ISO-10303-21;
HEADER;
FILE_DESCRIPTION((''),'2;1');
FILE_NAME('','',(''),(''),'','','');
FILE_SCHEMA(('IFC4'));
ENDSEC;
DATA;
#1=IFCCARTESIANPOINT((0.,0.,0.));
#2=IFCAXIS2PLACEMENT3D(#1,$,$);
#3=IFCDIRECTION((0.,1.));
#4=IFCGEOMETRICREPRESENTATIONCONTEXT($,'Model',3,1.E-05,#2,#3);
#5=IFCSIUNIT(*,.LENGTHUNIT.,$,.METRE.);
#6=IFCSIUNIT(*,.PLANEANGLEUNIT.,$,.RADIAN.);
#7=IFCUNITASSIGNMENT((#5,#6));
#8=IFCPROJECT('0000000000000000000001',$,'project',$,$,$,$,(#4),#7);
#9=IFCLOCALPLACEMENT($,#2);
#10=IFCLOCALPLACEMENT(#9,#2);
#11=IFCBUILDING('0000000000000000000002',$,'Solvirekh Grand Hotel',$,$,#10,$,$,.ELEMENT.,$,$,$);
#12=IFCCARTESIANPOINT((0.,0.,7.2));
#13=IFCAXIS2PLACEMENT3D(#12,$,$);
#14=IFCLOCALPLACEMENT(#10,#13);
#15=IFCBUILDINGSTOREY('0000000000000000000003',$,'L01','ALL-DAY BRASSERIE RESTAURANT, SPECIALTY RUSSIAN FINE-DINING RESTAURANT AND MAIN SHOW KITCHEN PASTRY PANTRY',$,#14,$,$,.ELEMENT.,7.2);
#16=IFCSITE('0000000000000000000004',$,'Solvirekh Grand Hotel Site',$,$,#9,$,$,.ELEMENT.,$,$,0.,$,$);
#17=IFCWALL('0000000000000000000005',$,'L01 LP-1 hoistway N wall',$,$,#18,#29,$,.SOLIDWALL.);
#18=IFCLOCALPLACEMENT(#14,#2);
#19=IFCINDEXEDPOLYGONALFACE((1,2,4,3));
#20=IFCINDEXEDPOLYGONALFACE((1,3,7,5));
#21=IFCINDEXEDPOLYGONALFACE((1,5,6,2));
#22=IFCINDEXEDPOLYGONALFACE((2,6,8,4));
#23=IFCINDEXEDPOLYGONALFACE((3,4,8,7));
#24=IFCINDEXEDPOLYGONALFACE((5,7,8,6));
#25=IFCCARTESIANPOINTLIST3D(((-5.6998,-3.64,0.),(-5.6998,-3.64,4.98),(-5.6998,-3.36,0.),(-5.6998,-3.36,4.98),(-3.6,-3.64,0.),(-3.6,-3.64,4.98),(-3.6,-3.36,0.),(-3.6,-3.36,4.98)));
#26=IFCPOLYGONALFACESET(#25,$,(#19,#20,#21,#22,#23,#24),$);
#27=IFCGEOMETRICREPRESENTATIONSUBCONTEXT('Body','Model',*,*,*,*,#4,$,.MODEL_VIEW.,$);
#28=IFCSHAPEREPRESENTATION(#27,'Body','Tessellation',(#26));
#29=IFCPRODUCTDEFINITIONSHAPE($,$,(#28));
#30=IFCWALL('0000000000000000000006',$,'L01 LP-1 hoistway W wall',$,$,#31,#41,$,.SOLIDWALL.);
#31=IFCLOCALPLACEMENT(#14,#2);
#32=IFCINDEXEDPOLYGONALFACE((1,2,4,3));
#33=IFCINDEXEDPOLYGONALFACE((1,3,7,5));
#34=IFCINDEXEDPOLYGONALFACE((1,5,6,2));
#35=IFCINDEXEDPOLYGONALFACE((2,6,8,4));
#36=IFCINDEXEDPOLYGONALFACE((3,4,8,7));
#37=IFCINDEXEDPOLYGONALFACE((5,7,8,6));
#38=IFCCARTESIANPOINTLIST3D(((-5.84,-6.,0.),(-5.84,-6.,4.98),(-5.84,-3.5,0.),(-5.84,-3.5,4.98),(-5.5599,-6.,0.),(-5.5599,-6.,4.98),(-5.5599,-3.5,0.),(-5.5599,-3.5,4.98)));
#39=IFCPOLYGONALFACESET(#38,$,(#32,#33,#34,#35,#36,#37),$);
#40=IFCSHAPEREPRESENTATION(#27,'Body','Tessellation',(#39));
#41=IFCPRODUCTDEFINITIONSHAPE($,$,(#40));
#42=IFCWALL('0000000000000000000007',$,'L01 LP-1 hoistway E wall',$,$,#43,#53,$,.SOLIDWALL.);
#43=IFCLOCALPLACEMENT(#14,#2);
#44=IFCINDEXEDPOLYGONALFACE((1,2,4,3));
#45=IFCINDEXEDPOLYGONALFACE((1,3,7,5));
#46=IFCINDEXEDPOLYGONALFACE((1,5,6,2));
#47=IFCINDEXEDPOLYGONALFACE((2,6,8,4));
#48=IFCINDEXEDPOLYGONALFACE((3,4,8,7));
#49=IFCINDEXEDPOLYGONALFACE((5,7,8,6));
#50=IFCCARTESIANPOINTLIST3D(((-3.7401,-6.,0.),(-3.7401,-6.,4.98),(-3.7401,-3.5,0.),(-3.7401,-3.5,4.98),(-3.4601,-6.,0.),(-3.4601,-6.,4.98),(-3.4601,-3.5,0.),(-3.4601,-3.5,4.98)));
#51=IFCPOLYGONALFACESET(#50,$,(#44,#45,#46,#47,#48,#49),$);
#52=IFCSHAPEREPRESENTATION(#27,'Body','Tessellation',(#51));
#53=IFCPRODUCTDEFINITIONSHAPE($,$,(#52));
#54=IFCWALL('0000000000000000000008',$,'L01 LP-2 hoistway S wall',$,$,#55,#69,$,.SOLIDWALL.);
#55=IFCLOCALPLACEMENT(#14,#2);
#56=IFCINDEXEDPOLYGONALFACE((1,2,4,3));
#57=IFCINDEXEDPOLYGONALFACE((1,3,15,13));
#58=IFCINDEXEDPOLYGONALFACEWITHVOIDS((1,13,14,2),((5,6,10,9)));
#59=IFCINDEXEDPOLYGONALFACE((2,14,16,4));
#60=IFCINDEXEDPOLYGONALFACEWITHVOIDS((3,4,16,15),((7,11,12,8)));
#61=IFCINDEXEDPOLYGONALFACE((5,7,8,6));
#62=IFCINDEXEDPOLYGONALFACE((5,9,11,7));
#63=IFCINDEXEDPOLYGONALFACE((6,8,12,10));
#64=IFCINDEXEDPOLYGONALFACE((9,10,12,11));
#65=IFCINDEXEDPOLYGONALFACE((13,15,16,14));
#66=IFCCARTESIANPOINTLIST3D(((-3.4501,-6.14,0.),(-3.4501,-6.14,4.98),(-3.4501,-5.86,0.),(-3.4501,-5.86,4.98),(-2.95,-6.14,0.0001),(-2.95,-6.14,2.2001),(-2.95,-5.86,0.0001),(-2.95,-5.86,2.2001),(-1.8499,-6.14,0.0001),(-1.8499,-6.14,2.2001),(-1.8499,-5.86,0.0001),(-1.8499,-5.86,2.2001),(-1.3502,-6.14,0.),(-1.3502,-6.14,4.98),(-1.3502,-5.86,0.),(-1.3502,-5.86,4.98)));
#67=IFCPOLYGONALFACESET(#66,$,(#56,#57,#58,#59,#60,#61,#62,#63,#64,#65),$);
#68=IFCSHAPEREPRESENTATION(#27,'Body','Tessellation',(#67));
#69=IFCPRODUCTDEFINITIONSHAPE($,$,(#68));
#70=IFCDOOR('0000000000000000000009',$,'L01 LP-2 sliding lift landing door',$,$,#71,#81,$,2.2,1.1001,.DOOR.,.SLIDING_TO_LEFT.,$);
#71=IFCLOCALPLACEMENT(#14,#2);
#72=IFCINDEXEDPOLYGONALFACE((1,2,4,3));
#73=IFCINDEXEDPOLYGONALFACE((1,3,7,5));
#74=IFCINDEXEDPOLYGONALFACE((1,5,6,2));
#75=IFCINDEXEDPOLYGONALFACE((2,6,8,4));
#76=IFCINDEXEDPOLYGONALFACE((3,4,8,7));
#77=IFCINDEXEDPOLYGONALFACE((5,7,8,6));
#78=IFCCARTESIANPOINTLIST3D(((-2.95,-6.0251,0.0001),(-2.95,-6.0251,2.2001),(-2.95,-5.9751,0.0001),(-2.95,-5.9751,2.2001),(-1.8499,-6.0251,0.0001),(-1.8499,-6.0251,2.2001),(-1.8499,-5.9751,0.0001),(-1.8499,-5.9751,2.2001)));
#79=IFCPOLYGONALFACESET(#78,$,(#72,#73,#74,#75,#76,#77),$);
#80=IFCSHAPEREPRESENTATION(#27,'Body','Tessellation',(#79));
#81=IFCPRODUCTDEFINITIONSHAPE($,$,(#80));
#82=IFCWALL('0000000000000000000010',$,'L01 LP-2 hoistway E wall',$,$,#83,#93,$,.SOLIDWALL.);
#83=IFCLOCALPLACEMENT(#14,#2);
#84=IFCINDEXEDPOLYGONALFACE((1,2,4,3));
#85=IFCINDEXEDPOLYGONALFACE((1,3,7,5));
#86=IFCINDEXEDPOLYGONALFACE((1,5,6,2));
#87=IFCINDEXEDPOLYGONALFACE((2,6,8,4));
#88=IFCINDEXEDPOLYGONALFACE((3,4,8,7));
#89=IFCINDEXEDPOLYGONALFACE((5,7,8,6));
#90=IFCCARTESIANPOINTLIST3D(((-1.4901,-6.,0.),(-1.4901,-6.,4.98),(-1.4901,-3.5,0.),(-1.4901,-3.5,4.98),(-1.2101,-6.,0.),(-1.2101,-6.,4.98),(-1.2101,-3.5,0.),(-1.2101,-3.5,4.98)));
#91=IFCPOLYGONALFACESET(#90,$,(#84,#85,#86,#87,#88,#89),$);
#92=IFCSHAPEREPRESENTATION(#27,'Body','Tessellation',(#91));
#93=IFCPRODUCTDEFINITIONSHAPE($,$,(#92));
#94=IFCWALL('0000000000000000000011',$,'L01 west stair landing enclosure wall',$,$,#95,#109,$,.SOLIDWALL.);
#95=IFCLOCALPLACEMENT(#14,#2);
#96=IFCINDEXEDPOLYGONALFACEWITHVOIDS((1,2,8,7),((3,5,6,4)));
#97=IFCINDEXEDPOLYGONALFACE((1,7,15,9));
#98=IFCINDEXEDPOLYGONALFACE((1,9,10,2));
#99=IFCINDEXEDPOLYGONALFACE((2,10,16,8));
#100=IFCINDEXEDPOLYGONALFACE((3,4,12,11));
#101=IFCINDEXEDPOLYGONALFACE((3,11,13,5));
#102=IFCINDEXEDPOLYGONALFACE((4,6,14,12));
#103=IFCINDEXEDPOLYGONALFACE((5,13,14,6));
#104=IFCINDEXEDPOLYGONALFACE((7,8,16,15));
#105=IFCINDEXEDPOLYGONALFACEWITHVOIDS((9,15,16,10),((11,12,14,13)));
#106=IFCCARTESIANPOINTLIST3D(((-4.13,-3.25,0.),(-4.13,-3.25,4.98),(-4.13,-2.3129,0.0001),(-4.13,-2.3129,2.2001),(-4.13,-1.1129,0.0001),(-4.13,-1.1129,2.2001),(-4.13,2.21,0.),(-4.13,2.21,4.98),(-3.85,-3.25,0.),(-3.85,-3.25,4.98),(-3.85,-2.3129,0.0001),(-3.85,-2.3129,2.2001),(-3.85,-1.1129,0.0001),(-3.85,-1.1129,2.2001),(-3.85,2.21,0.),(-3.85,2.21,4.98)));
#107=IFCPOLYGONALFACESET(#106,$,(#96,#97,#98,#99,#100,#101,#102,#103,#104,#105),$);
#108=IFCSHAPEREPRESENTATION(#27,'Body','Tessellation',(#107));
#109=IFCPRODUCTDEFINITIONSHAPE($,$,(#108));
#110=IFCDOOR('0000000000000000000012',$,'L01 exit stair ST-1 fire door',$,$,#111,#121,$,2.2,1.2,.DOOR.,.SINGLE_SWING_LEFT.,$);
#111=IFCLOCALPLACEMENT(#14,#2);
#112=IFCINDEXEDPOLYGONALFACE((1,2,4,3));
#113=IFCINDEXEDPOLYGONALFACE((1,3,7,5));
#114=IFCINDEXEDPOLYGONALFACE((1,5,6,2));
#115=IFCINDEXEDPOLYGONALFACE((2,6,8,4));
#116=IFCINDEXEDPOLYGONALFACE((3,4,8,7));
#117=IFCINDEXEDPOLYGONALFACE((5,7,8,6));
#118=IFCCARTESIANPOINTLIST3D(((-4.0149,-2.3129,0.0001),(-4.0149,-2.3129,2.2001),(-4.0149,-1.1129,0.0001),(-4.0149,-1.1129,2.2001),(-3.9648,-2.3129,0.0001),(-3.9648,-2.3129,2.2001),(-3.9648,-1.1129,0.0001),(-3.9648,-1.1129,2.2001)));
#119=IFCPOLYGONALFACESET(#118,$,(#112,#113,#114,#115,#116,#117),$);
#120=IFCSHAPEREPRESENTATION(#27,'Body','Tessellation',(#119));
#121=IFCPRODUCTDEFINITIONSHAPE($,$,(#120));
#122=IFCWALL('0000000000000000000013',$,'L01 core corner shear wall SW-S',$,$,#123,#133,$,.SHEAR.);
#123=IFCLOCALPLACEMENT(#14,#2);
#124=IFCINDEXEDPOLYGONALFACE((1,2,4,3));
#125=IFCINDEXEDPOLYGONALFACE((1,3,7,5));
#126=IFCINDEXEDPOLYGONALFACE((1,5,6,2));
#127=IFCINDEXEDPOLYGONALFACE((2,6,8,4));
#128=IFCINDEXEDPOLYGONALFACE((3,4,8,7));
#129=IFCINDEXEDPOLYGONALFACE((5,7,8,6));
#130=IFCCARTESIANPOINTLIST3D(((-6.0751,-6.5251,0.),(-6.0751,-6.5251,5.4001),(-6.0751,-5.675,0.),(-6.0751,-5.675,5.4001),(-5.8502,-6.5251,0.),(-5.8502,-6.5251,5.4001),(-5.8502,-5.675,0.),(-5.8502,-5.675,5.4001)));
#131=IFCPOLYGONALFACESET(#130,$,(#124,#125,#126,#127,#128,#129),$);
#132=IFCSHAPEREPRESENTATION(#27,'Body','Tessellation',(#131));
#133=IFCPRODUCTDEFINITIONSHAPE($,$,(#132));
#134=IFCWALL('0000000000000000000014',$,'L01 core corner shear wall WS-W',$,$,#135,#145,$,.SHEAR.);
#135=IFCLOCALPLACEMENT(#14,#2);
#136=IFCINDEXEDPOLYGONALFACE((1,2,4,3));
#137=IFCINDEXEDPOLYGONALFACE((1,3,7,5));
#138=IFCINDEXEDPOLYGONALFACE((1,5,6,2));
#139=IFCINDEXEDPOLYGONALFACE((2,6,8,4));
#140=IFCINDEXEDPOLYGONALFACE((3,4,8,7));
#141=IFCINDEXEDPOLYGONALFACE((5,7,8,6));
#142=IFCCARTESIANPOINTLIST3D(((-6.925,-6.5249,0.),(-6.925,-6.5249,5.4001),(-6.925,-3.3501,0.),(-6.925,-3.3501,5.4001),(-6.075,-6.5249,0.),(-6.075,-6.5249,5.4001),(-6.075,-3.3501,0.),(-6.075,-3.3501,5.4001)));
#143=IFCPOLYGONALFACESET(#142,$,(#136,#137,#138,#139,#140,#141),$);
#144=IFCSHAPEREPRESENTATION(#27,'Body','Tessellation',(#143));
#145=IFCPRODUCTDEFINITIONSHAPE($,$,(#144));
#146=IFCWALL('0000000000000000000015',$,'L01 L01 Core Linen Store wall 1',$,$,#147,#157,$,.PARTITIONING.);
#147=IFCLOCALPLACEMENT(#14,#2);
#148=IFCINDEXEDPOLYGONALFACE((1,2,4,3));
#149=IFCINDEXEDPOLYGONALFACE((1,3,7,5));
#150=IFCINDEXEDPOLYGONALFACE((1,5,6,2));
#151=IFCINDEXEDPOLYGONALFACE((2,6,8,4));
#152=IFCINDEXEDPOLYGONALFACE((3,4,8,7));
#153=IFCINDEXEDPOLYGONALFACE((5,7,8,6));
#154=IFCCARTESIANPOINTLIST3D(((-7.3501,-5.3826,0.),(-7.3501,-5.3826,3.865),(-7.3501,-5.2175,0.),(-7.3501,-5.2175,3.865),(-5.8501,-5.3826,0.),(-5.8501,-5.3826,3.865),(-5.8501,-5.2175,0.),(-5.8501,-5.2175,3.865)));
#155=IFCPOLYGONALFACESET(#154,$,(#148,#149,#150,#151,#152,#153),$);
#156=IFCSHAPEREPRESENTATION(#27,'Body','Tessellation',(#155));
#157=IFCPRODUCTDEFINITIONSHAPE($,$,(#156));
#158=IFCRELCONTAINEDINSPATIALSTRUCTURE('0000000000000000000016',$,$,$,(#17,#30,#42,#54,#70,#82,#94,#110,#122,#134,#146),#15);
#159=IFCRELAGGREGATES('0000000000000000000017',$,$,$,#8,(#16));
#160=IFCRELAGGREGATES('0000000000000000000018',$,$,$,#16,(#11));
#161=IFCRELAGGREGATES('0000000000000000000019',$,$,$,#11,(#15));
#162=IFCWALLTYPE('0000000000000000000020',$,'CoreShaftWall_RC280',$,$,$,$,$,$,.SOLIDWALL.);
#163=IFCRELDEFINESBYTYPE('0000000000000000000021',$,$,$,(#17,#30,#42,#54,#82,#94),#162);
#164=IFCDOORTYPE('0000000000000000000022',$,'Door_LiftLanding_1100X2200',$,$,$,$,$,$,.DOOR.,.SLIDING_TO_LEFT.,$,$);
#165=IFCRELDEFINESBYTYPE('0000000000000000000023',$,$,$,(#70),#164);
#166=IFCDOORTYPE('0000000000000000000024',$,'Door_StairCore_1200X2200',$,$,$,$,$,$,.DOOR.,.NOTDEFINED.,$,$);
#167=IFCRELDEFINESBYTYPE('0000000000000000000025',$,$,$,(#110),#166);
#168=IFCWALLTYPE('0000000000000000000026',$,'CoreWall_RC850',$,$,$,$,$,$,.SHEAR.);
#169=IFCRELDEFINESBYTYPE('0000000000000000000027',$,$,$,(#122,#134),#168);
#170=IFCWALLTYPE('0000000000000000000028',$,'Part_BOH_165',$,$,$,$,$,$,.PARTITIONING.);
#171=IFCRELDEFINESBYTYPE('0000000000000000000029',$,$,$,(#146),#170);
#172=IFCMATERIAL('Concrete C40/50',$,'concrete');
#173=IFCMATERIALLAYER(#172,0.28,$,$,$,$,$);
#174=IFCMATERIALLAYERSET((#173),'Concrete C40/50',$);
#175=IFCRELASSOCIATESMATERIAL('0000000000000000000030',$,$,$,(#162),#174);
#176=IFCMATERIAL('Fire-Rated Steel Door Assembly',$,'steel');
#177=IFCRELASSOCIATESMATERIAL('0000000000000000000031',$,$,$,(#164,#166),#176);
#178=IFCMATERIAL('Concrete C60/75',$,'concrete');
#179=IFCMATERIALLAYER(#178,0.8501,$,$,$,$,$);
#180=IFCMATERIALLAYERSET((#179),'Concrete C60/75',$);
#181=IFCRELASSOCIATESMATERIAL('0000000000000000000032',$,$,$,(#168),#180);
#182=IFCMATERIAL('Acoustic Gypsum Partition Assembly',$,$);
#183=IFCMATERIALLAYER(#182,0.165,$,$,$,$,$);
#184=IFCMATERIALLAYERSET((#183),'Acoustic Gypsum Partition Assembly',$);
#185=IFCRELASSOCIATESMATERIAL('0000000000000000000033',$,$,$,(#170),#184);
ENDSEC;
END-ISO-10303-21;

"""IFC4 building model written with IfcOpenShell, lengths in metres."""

from ifc_helpers import new_model, si_unit, direction, frame, frame_2d, origin, place, context, subcontext, project, spatial, rectangle, extrude, material, layer, layer_set, type_object, element, fill, save


model = new_model("IFC4")

# Units and contexts
model_context = context("Model", 3, precision=1e-05, world=origin(), true_north=direction((0.0, 1.0)))
body_context = subcontext(model_context, "Body", "Model", "MODEL_VIEW")
ifc_project = project(units=[si_unit("LENGTHUNIT", "METRE"), si_unit("PLANEANGLEUNIT", "RADIAN")], contexts=[model_context])

# Site, building, storey
site_placement = place(None, origin())
site = spatial("IfcSite", under=ifc_project, at=site_placement, Name="Solvirekh Grand Hotel Site", CompositionType="ELEMENT", RefElevation=0.0)
building_placement = place(site_placement, origin())
building = spatial("IfcBuilding", under=site, at=building_placement, Name="Solvirekh Grand Hotel", CompositionType="ELEMENT")
storey_placement = place(building_placement, frame((0.0, 0.0, 7.2)))
storey = spatial("IfcBuildingStorey", under=building, at=storey_placement, Name="L01", Description="ALL-DAY BRASSERIE RESTAURANT, SPECIALTY RUSSIAN FINE-DINING RESTAURANT AND MAIN SHOW KITCHEN PASTRY PANTRY", CompositionType="ELEMENT", Elevation=7.2)

# Shared definitions
ifc_material_1 = material(Name="Concrete C60/75", Category="concrete")

# Shared definitions
ifc_material_2 = material(Name="Concrete C40/50", Category="concrete")
ifc_layer_1 = layer(ifc_material_2, 0.28)
ifc_layer_set_1 = layer_set([ifc_layer_1], Name="Concrete C40/50")
wall_type_1 = type_object("IfcWallType", Name="CoreShaftWall_RC280", PredefinedType="SOLIDWALL", material=ifc_layer_set_1)
ifc_material_3 = material(Name="Fire-Rated Steel Door Assembly", Category="steel")
door_type_1 = type_object("IfcDoorType", Name="Door_LiftLanding_1100X2200", OperationType="SLIDING_TO_LEFT", PredefinedType="DOOR", material=ifc_material_3)

# Walls
wall_1_placement = place(storey_placement, frame((-3.6001, -3.5, 0.0), z_axis=(0.0, 0.0, 1.0), x_axis=(-1.0, 0.0, 0.0)))
element("IfcWall", 1, at=wall_1_placement, inside=storey, type_object=wall_type_1, Name="L01 LP-1 hoistway N wall", PredefinedType="SOLIDWALL", context=body_context, shape_type="SweptSolid", body=[
    extrude(rectangle(XDim=2.0999, YDim=0.28, at=frame_2d((1.0498, 0.0))), origin(), (0.0, 0.0, 1.0), 4.98),
])
for number, where, z_axis, x_axis, name in (
    (2, (-5.7, -3.5, 0.0), (0.0, 0.0, 1.0), (0.0, -1.0, 0.0), "L01 LP-1 hoistway W wall"),
    (3, (-3.6001, -6.0, 0.0), (0.0, 0.0, 1.0), (0.0, 1.0, 0.0), "L01 LP-1 hoistway E wall"),
):
    element("IfcWall", number, at=place(storey_placement, frame(where, z_axis=z_axis, x_axis=x_axis)), inside=storey, type_object=wall_type_1, Name=name, PredefinedType="SOLIDWALL", context=body_context, shape_type="SweptSolid", body=[
        extrude(rectangle(XDim=2.5, YDim=0.28, at=frame_2d((1.25, 0.0))), origin(), (0.0, 0.0, 1.0), 4.98),
    ])

# Wall, opening, door
wall_2_placement = place(storey_placement, frame((-3.45, -6.0, 0.0), z_axis=(0.0, 0.0, 1.0), x_axis=(1.0, 0.0, 0.0)))
wall_2 = element("IfcWall", 4, at=wall_2_placement, inside=storey, type_object=wall_type_1, Name="L01 LP-2 hoistway S wall", PredefinedType="SOLIDWALL", context=body_context, shape_type="SweptSolid", body=[
    extrude(rectangle(XDim=2.0999, YDim=0.28, at=frame_2d((1.0498, 0.0))), origin(), (0.0, 0.0, 1.0), 4.98),
])
opening_1_placement = place(wall_2_placement, frame((0.5, 0.0, 0.0)))
opening_1 = element("IfcOpeningElement", 5, at=opening_1_placement, cuts=wall_2, PredefinedType="OPENING", context=body_context, shape_type="SweptSolid", body=[
    extrude(rectangle(XDim=1.1001, YDim=2.2, at=frame_2d((0.55, 1.1001))), frame((0.0, 0.1499, 0.0), z_axis=(0.0, -1.0, 0.0), x_axis=(1.0, 0.0, 0.0)), (0.0, 0.0, 1.0), 0.3),
])
door_1_placement = place(opening_1_placement, origin())
door_1 = element("IfcDoor", 6, at=door_1_placement, inside=storey, type_object=door_type_1, Name="L01 LP-2 sliding lift landing door", OperationType="SLIDING_TO_LEFT", OverallHeight=2.2, OverallWidth=1.1001, PredefinedType="DOOR", context=body_context, shape_type="SweptSolid", body=[
    extrude(rectangle(XDim=1.1001, YDim=2.2, at=frame_2d((0.55, 1.1001))), frame((0.0, 0.0249, 0.0), z_axis=(0.0, -1.0, 0.0), x_axis=(1.0, 0.0, 0.0)), (0.0, 0.0, 1.0), 0.05),
])
fill(opening_1, door_1)

# Wall
wall_3_placement = place(storey_placement, frame((-1.3501, -6.0, 0.0), z_axis=(0.0, 0.0, 1.0), x_axis=(0.0, 1.0, 0.0)))
element("IfcWall", 7, at=wall_3_placement, inside=storey, type_object=wall_type_1, Name="L01 LP-2 hoistway E wall", PredefinedType="SOLIDWALL", context=body_context, shape_type="SweptSolid", body=[
    extrude(rectangle(XDim=2.5, YDim=0.28, at=frame_2d((1.25, 0.0))), origin(), (0.0, 0.0, 1.0), 4.98),
])

# Wall, opening, door
wall_4_placement = place(storey_placement, frame((-3.99, -3.25, 0.0), z_axis=(0.0, 0.0, 1.0), x_axis=(0.0, 1.0, 0.0)))
wall_4 = element("IfcWall", 8, at=wall_4_placement, inside=storey, type_object=wall_type_1, Name="L01 west stair landing enclosure wall", PredefinedType="SOLIDWALL", context=body_context, shape_type="SweptSolid", body=[
    extrude(rectangle(XDim=5.46, YDim=0.28, at=frame_2d((2.73, 0.0))), origin(), (0.0, 0.0, 1.0), 4.98),
])
opening_2_placement = place(wall_4_placement, frame((0.937, 0.0, 0.0)))
opening_2 = element("IfcOpeningElement", 9, at=opening_2_placement, cuts=wall_4, PredefinedType="OPENING", context=body_context, shape_type="SweptSolid", body=[
    extrude(rectangle(XDim=1.2, YDim=2.2, at=frame_2d((0.6001, 1.1001))), frame((0.0, 0.1499, 0.0), z_axis=(0.0, -1.0, 0.0), x_axis=(1.0, 0.0, 0.0)), (0.0, 0.0, 1.0), 0.3),
])
door_type_2 = type_object("IfcDoorType", Name="Door_StairCore_1200X2200", OperationType="NOTDEFINED", PredefinedType="DOOR", material=ifc_material_3)
door_2_placement = place(opening_2_placement, origin())
door_2 = element("IfcDoor", 10, at=door_2_placement, inside=storey, type_object=door_type_2, Name="L01 exit stair ST-1 fire door", OperationType="SINGLE_SWING_LEFT", OverallHeight=2.2, OverallWidth=1.2, PredefinedType="DOOR", context=body_context, shape_type="SweptSolid", body=[
    extrude(rectangle(XDim=1.2, YDim=2.2, at=frame_2d((0.6001, 1.1001))), frame((0.0, 0.0249, 0.0), z_axis=(0.0, -1.0, 0.0), x_axis=(1.0, 0.0, 0.0)), (0.0, 0.0, 1.0), 0.05),
])
fill(opening_2, door_2)

# Walls
ifc_layer_2 = layer(ifc_material_1, 0.8501)
ifc_layer_set_2 = layer_set([ifc_layer_2], Name="Concrete C60/75")
wall_type_2 = type_object("IfcWallType", Name="CoreWall_RC850", PredefinedType="SHEAR", material=ifc_layer_set_2)
wall_5_placement = place(storey_placement, frame((-6.075, -6.1001, 0.0), z_axis=(0.0, 0.0, 1.0), x_axis=(1.0, 0.0, 0.0)))
element("IfcWall", 11, at=wall_5_placement, inside=storey, type_object=wall_type_2, Name="L01 core corner shear wall SW-S", PredefinedType="SHEAR", context=body_context, shape_type="SweptSolid", body=[
    extrude(rectangle(XDim=0.2249, YDim=0.8501, at=frame_2d((0.1123, 0.0))), origin(), (0.0, 0.0, 1.0), 5.4001),
])
wall_6_placement = place(storey_placement, frame((-6.5, -6.5249, 0.0), z_axis=(0.0, 0.0, 1.0), x_axis=(0.0, 1.0, 0.0)))
element("IfcWall", 12, at=wall_6_placement, inside=storey, type_object=wall_type_2, Name="L01 core corner shear wall WS-W", PredefinedType="SHEAR", context=body_context, shape_type="SweptSolid", body=[
    extrude(rectangle(XDim=3.1748, YDim=0.8501, at=frame_2d((1.5874, 0.0))), origin(), (0.0, 0.0, 1.0), 5.4001),
])
ifc_material_4 = material(Name="Acoustic Gypsum Partition Assembly")
ifc_layer_3 = layer(ifc_material_4, 0.165)
ifc_layer_set_3 = layer_set([ifc_layer_3], Name="Acoustic Gypsum Partition Assembly")
wall_type_3 = type_object("IfcWallType", Name="Part_BOH_165", PredefinedType="PARTITIONING", material=ifc_layer_set_3)
wall_7_placement = place(storey_placement, frame((-7.3501, -5.3, 0.0), z_axis=(0.0, 0.0, 1.0), x_axis=(1.0, 0.0, 0.0)))
element("IfcWall", 13, at=wall_7_placement, inside=storey, type_object=wall_type_3, Name="L01 L01 Core Linen Store wall 1", PredefinedType="PARTITIONING", context=body_context, shape_type="SweptSolid", body=[
    extrude(rectangle(XDim=1.5, YDim=0.165, at=frame_2d((0.75, 0.0))), origin(), (0.0, 0.0, 1.0), 3.865),
])

save(model, "model.ifc")
